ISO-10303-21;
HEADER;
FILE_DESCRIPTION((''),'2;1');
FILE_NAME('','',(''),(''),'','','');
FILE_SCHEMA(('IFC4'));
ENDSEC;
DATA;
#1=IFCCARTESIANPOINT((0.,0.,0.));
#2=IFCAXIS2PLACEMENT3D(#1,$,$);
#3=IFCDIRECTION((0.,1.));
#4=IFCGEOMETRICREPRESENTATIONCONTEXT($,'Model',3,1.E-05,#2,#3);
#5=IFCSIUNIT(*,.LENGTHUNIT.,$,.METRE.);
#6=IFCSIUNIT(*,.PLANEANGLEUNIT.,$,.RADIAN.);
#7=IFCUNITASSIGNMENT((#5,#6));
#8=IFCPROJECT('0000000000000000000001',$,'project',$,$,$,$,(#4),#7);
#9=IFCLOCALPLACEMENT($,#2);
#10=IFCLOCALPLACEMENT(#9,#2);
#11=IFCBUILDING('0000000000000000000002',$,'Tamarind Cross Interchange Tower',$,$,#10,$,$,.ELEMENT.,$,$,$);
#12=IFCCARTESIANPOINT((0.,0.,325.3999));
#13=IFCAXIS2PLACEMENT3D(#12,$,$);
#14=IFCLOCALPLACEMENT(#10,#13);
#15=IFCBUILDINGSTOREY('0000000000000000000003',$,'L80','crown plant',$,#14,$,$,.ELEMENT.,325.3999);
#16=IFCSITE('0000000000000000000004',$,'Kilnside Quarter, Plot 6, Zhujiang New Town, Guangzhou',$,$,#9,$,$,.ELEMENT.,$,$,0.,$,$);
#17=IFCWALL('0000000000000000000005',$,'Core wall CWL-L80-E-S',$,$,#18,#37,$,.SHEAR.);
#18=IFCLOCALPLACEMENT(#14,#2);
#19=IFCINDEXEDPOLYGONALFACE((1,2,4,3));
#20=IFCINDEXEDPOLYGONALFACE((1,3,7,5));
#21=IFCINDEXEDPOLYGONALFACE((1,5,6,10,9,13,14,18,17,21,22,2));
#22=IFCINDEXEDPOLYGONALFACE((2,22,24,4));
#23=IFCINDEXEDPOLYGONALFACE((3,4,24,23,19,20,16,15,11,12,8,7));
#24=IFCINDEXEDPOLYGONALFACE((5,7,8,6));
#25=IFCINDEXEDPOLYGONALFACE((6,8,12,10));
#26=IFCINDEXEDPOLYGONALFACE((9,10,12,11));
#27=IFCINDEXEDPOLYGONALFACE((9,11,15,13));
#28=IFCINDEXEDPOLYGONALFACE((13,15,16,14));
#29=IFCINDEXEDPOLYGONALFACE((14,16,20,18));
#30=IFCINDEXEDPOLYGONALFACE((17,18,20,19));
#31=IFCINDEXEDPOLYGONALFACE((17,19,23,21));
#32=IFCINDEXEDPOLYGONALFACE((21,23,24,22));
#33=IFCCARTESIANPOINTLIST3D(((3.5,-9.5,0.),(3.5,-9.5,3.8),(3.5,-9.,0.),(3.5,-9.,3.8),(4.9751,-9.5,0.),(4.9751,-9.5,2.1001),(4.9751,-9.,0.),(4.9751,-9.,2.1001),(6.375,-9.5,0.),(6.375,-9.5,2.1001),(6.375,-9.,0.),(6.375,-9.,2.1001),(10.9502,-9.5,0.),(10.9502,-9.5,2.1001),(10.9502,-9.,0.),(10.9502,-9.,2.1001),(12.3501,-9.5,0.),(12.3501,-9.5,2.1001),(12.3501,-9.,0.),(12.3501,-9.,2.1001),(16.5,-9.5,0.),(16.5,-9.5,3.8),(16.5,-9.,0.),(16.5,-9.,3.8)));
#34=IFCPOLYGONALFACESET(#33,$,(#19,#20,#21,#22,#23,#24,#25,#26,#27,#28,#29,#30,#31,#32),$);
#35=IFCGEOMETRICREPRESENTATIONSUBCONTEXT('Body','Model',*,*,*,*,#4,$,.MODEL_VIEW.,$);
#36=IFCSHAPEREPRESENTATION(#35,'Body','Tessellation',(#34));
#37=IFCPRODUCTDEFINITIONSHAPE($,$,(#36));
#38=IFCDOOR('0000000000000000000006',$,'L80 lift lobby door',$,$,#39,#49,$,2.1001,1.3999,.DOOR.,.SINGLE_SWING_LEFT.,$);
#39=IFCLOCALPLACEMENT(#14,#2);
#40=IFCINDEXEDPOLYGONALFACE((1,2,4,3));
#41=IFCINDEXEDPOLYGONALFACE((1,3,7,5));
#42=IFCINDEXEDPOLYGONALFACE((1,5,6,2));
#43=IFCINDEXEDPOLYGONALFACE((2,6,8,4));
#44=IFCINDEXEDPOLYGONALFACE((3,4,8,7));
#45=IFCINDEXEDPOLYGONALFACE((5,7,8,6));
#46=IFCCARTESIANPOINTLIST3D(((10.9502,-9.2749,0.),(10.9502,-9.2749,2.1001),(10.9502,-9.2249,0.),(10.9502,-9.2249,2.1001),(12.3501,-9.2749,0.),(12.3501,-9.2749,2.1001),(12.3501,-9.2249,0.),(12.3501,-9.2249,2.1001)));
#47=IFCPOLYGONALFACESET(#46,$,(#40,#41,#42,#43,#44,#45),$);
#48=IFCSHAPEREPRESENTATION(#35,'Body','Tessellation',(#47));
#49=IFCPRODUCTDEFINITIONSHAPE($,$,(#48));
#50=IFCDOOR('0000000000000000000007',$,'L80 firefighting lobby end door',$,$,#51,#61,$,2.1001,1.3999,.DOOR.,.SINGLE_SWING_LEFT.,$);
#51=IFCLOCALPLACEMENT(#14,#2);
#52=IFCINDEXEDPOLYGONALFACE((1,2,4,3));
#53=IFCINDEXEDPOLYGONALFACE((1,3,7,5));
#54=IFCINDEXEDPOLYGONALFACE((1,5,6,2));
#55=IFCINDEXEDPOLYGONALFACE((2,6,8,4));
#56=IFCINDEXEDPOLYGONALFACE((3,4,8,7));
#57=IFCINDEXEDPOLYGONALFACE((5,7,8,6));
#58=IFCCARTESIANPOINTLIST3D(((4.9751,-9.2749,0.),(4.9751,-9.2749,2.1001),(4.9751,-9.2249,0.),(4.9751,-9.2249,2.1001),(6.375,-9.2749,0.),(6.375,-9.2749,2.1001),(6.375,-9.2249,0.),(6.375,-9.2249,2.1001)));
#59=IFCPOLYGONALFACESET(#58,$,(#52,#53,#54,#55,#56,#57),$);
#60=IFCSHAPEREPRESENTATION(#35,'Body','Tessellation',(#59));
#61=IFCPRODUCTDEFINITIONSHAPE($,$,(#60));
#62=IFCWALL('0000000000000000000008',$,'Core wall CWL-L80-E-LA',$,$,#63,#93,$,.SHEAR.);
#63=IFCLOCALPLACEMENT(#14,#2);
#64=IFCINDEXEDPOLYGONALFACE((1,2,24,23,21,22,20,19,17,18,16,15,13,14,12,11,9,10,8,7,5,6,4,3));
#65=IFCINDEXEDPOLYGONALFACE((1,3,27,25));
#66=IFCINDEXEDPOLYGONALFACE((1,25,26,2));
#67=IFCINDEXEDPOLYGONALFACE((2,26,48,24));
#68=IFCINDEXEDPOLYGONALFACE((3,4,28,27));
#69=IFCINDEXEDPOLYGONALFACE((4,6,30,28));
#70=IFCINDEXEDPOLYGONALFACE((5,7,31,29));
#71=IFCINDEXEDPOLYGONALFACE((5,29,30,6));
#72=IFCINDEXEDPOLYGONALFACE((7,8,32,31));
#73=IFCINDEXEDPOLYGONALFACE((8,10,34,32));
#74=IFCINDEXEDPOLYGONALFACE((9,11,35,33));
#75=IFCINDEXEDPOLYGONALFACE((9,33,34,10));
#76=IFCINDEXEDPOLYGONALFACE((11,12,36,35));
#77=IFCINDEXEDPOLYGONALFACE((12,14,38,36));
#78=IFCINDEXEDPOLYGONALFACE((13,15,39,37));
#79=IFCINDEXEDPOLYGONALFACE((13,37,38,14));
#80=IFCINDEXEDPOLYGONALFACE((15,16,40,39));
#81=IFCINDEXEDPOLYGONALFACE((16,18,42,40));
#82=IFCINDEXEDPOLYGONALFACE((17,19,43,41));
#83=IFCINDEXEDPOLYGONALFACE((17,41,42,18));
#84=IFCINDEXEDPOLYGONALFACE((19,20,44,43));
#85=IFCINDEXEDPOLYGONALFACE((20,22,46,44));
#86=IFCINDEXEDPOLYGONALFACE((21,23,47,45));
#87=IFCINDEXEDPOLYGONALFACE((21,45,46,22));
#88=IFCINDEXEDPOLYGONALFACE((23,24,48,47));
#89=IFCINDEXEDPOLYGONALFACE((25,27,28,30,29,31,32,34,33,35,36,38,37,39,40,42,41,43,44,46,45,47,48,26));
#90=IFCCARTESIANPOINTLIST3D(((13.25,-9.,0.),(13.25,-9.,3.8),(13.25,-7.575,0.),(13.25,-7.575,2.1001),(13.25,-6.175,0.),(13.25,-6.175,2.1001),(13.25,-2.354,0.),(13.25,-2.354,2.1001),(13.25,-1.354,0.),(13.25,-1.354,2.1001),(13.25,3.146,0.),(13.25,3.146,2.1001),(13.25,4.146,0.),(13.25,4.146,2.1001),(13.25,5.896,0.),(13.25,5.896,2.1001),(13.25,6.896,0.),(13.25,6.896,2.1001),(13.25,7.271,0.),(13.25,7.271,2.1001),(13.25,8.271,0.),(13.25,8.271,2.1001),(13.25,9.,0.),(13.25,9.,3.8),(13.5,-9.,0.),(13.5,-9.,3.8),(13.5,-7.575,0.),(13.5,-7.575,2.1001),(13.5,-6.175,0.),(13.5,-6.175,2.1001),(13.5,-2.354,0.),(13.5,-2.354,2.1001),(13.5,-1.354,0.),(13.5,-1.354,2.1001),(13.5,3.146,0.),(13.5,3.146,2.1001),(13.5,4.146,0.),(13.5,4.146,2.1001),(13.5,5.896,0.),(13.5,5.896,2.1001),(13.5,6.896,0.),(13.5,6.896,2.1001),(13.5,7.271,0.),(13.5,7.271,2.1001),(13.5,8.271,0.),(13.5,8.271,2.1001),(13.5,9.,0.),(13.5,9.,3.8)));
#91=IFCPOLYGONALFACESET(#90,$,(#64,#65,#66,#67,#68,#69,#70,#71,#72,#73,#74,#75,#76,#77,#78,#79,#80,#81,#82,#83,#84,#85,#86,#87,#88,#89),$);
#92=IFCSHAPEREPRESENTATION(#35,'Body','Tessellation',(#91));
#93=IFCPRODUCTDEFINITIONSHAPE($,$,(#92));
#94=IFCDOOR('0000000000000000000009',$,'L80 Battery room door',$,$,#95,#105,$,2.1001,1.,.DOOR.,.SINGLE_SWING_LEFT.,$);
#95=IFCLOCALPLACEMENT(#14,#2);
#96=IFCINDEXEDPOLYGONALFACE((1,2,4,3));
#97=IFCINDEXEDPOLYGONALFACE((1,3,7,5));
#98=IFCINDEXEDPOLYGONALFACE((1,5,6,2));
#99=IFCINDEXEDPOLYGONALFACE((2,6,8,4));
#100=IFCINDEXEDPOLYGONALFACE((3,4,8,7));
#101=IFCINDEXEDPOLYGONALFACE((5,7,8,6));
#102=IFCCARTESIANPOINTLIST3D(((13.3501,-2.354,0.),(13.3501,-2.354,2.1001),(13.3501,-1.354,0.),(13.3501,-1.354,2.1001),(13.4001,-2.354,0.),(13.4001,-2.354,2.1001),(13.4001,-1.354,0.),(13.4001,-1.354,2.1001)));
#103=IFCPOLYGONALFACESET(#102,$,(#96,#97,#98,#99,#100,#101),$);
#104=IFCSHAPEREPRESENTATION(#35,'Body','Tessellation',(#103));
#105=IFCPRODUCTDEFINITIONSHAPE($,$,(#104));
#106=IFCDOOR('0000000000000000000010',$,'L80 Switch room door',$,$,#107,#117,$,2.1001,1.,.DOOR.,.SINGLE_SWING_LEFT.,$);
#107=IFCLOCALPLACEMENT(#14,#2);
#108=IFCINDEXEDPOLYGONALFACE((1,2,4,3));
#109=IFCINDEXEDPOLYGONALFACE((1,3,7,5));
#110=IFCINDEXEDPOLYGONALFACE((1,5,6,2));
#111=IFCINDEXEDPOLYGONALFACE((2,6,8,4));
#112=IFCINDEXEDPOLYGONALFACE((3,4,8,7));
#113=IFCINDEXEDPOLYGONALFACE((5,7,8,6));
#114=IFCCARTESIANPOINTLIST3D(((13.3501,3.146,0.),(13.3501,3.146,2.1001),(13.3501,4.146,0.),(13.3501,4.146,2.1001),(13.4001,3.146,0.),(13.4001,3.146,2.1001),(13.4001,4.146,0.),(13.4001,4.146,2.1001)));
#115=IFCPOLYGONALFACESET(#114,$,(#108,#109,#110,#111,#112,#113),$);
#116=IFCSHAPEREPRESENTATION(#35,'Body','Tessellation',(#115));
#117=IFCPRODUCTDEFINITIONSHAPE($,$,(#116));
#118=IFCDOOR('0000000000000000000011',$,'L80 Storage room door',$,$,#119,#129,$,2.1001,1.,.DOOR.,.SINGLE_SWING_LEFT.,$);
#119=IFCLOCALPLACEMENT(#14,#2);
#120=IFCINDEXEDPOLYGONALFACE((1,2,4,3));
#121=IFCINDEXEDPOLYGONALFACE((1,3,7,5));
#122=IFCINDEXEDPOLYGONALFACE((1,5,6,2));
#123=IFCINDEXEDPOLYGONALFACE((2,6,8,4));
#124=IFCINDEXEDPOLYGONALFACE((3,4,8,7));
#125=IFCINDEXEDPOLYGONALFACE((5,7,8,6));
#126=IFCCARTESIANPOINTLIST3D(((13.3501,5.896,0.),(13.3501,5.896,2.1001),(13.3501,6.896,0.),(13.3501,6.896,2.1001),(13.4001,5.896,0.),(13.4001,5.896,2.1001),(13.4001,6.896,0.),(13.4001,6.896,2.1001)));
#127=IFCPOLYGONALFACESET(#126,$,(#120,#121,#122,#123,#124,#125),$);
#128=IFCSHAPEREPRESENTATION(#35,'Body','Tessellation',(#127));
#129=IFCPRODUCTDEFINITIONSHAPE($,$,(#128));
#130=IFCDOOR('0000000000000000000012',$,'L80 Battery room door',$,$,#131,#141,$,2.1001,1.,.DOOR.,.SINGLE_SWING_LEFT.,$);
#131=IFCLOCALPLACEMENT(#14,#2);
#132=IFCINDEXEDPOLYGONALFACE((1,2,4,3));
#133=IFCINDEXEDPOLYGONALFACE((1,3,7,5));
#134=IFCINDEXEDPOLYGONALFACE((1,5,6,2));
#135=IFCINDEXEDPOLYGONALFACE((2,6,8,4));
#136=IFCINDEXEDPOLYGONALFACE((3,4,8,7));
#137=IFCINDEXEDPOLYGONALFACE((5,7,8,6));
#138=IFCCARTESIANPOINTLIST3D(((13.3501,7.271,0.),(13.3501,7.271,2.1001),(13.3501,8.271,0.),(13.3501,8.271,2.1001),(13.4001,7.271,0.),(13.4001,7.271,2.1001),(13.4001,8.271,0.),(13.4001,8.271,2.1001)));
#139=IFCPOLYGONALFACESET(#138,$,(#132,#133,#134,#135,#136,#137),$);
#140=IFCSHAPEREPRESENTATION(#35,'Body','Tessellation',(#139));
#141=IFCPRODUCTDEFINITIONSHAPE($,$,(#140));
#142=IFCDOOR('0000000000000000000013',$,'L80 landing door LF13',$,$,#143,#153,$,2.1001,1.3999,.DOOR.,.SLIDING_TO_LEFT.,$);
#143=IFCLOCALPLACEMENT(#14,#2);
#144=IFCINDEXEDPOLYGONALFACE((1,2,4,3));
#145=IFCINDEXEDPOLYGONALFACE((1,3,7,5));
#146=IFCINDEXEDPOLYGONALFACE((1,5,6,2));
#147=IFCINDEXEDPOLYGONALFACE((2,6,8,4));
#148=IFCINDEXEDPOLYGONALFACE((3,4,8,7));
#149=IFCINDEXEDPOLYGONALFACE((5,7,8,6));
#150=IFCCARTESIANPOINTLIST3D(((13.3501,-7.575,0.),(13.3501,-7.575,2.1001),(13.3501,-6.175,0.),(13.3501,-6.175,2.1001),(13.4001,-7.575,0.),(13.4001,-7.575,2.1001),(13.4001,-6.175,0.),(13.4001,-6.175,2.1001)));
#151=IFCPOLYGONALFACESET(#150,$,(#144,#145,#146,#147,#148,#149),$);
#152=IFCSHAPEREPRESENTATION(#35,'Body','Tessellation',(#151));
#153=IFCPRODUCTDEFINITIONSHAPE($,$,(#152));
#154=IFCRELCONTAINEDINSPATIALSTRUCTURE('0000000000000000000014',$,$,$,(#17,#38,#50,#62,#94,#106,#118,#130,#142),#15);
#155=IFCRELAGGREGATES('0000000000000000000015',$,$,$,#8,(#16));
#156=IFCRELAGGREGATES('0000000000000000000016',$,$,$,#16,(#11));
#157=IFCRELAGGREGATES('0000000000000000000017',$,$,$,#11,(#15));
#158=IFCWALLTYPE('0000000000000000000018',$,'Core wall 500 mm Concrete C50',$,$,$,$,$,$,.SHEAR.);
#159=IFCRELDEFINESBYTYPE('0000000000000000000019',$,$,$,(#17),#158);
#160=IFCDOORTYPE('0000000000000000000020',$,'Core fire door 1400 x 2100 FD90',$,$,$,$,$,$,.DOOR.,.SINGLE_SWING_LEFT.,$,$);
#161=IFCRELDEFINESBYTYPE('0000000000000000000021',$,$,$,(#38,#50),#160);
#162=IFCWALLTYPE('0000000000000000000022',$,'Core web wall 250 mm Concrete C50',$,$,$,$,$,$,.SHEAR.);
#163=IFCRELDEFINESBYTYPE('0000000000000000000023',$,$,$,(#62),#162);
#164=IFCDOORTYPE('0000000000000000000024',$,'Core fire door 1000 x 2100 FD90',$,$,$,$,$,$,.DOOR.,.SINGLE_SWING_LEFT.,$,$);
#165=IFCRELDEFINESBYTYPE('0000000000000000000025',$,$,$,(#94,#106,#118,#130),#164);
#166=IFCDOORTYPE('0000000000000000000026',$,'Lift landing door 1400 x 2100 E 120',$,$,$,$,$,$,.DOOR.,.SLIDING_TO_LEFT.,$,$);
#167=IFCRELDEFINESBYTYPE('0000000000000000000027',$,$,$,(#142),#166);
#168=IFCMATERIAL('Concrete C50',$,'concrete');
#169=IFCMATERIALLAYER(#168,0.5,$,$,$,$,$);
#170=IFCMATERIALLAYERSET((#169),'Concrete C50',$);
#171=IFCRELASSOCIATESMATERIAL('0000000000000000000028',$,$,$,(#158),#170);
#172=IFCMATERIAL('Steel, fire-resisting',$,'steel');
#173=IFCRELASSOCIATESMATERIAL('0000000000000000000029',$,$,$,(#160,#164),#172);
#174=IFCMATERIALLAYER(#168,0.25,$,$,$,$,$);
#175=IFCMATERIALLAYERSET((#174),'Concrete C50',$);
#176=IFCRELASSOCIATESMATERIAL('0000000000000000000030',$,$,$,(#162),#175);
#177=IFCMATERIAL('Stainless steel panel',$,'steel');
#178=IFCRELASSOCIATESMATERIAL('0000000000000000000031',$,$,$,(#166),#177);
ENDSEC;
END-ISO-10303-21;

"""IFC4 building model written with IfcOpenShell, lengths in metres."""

from ifc_helpers import new_model, si_unit, direction, frame, frame_2d, origin, place, context, subcontext, project, spatial, rectangle, extrude, material, layer, layer_set, type_object, element, fill, save


model = new_model("IFC4")

# Units and contexts
model_context = context("Model", 3, precision=1e-05, world=origin(), true_north=direction((0.0, 1.0)))
body_context = subcontext(model_context, "Body", "Model", "MODEL_VIEW")
ifc_project = project(units=[si_unit("LENGTHUNIT", "METRE"), si_unit("PLANEANGLEUNIT", "RADIAN")], contexts=[model_context])

# Site, building, storey
site_placement = place(None, origin())
site = spatial("IfcSite", under=ifc_project, at=site_placement, Name="Kilnside Quarter, Plot 6, Zhujiang New Town, Guangzhou", CompositionType="ELEMENT", RefElevation=0.0)
building_placement = place(site_placement, origin())
building = spatial("IfcBuilding", under=site, at=building_placement, Name="Tamarind Cross Interchange Tower", CompositionType="ELEMENT")
storey_placement = place(building_placement, frame((0.0, 0.0, 325.3999)))
storey = spatial("IfcBuildingStorey", under=building, at=storey_placement, Name="L80", Description="crown plant", CompositionType="ELEMENT", Elevation=325.3999)

# Walls, openings, doors
ifc_material_1 = material(Name="Concrete C50", Category="concrete")
ifc_layer_1 = layer(ifc_material_1, 0.5)
ifc_layer_set_1 = layer_set([ifc_layer_1], Name="Concrete C50")
wall_type_1 = type_object("IfcWallType", Name="Core wall 500 mm Concrete C50", PredefinedType="SHEAR", material=ifc_layer_set_1)
wall_1_placement = place(storey_placement, frame((16.5, -9.25, 0.0), z_axis=(0.0, 0.0, 1.0), x_axis=(-1.0, 0.0, 0.0)))
wall_1 = element("IfcWall", 1, at=wall_1_placement, inside=storey, type_object=wall_type_1, Name="Core wall CWL-L80-E-S", PredefinedType="SHEAR", context=body_context, shape_type="SweptSolid", body=[
    extrude(rectangle(XDim=13.0, YDim=0.5, at=frame_2d((6.5, 0.0))), origin(), (0.0, 0.0, 1.0), 3.8),
])
opening_1_placement = place(wall_1_placement, frame((4.1499, 0.0, 0.0)))
opening_1 = element("IfcOpeningElement", 2, at=opening_1_placement, cuts=wall_1, PredefinedType="OPENING", context=body_context, shape_type="SweptSolid", body=[
    extrude(rectangle(XDim=1.3999, YDim=2.1001, at=frame_2d((0.7, 1.05))), frame((0.0, 0.26, 0.0), z_axis=(0.0, -1.0, 0.0), x_axis=(1.0, 0.0, 0.0)), (0.0, 0.0, 1.0), 0.52),
])
opening_2_placement = place(wall_1_placement, frame((10.125, 0.0, 0.0)))
opening_2 = element("IfcOpeningElement", 3, at=opening_2_placement, cuts=wall_1, PredefinedType="OPENING", context=body_context, shape_type="SweptSolid", body=[
    extrude(rectangle(XDim=1.3999, YDim=2.1001, at=frame_2d((0.7, 1.05))), frame((0.0, 0.26, 0.0), z_axis=(0.0, -1.0, 0.0), x_axis=(1.0, 0.0, 0.0)), (0.0, 0.0, 1.0), 0.52),
])
ifc_material_2 = material(Name="Steel, fire-resisting", Category="steel")
door_type_1 = type_object("IfcDoorType", Name="Core fire door 1400 x 2100 FD90", OperationType="SINGLE_SWING_LEFT", PredefinedType="DOOR", material=ifc_material_2)
door_1_placement = place(opening_1_placement, origin())
door_1 = element("IfcDoor", 4, at=door_1_placement, inside=storey, type_object=door_type_1, Name="L80 lift lobby door", OperationType="SINGLE_SWING_LEFT", OverallHeight=2.1001, OverallWidth=1.3999, PredefinedType="DOOR", context=body_context, shape_type="SweptSolid", body=[
    extrude(rectangle(XDim=1.3999, YDim=2.1001, at=frame_2d((0.7, 1.05))), frame((0.0, 0.0249, 0.0), z_axis=(0.0, -1.0, 0.0), x_axis=(1.0, 0.0, 0.0)), (0.0, 0.0, 1.0), 0.05),
])
fill(opening_1, door_1)
door_2_placement = place(opening_2_placement, origin())
door_2 = element("IfcDoor", 5, at=door_2_placement, inside=storey, type_object=door_type_1, Name="L80 firefighting lobby end door", OperationType="SINGLE_SWING_LEFT", OverallHeight=2.1001, OverallWidth=1.3999, PredefinedType="DOOR", context=body_context, shape_type="SweptSolid", body=[
    extrude(rectangle(XDim=1.3999, YDim=2.1001, at=frame_2d((0.7, 1.05))), frame((0.0, 0.0249, 0.0), z_axis=(0.0, -1.0, 0.0), x_axis=(1.0, 0.0, 0.0)), (0.0, 0.0, 1.0), 0.05),
])
fill(opening_2, door_2)
ifc_layer_2 = layer(ifc_material_1, 0.25)
ifc_layer_set_2 = layer_set([ifc_layer_2], Name="Concrete C50")
wall_type_2 = type_object("IfcWallType", Name="Core web wall 250 mm Concrete C50", PredefinedType="SHEAR", material=ifc_layer_set_2)
wall_2_placement = place(storey_placement, frame((13.375, -9.0, 0.0), z_axis=(0.0, 0.0, 1.0), x_axis=(0.0, 1.0, 0.0)))
wall_2 = element("IfcWall", 6, at=wall_2_placement, inside=storey, type_object=wall_type_2, Name="Core wall CWL-L80-E-LA", PredefinedType="SHEAR", context=body_context, shape_type="SweptSolid", body=[
    extrude(rectangle(XDim=18.0, YDim=0.25, at=frame_2d((9.0, 0.0))), origin(), (0.0, 0.0, 1.0), 3.8),
])
opening_3_placement = place(wall_2_placement, frame((1.425, 0.0, 0.0)))
opening_3 = element("IfcOpeningElement", 7, at=opening_3_placement, cuts=wall_2, PredefinedType="OPENING", context=body_context, shape_type="SweptSolid", body=[
    extrude(rectangle(XDim=1.3999, YDim=2.1001, at=frame_2d((0.7, 1.05))), frame((0.0, 0.135, 0.0), z_axis=(0.0, -1.0, 0.0), x_axis=(1.0, 0.0, 0.0)), (0.0, 0.0, 1.0), 0.27),
])
opening_4_placement = place(wall_2_placement, frame((6.646, 0.0, 0.0)))
opening_4 = element("IfcOpeningElement", 8, at=opening_4_placement, cuts=wall_2, PredefinedType="OPENING", context=body_context, shape_type="SweptSolid", body=[
    extrude(rectangle(XDim=1.0, YDim=2.1001, at=frame_2d((0.5, 1.05))), frame((0.0, 0.135, 0.0), z_axis=(0.0, -1.0, 0.0), x_axis=(1.0, 0.0, 0.0)), (0.0, 0.0, 1.0), 0.27),
])
opening_5_placement = place(wall_2_placement, frame((12.146, 0.0, 0.0)))
opening_5 = element("IfcOpeningElement", 9, at=opening_5_placement, cuts=wall_2, PredefinedType="OPENING", context=body_context, shape_type="SweptSolid", body=[
    extrude(rectangle(XDim=1.0, YDim=2.1001, at=frame_2d((0.5, 1.05))), frame((0.0, 0.135, 0.0), z_axis=(0.0, -1.0, 0.0), x_axis=(1.0, 0.0, 0.0)), (0.0, 0.0, 1.0), 0.27),
])
opening_6_placement = place(wall_2_placement, frame((14.896, 0.0, 0.0)))
opening_6 = element("IfcOpeningElement", 10, at=opening_6_placement, cuts=wall_2, PredefinedType="OPENING", context=body_context, shape_type="SweptSolid", body=[
    extrude(rectangle(XDim=1.0, YDim=2.1001, at=frame_2d((0.5, 1.05))), frame((0.0, 0.135, 0.0), z_axis=(0.0, -1.0, 0.0), x_axis=(1.0, 0.0, 0.0)), (0.0, 0.0, 1.0), 0.27),
])
opening_7_placement = place(wall_2_placement, frame((16.271, 0.0, 0.0)))
opening_7 = element("IfcOpeningElement", 11, at=opening_7_placement, cuts=wall_2, PredefinedType="OPENING", context=body_context, shape_type="SweptSolid", body=[
    extrude(rectangle(XDim=1.0, YDim=2.1001, at=frame_2d((0.5, 1.05))), frame((0.0, 0.135, 0.0), z_axis=(0.0, -1.0, 0.0), x_axis=(1.0, 0.0, 0.0)), (0.0, 0.0, 1.0), 0.27),
])
door_type_2 = type_object("IfcDoorType", Name="Core fire door 1000 x 2100 FD90", OperationType="SINGLE_SWING_LEFT", PredefinedType="DOOR", material=ifc_material_2)
door_3_placement = place(opening_4_placement, origin())
door_3 = element("IfcDoor", 12, at=door_3_placement, inside=storey, type_object=door_type_2, Name="L80 Battery room door", OperationType="SINGLE_SWING_LEFT", OverallHeight=2.1001, OverallWidth=1.0, PredefinedType="DOOR", context=body_context, shape_type="SweptSolid", body=[
    extrude(rectangle(XDim=1.0, YDim=2.1001, at=frame_2d((0.5, 1.05))), frame((0.0, 0.0249, 0.0), z_axis=(0.0, -1.0, 0.0), x_axis=(1.0, 0.0, 0.0)), (0.0, 0.0, 1.0), 0.05),
])
fill(opening_4, door_3)
door_4_placement = place(opening_5_placement, origin())
door_4 = element("IfcDoor", 13, at=door_4_placement, inside=storey, type_object=door_type_2, Name="L80 Switch room door", OperationType="SINGLE_SWING_LEFT", OverallHeight=2.1001, OverallWidth=1.0, PredefinedType="DOOR", context=body_context, shape_type="SweptSolid", body=[
    extrude(rectangle(XDim=1.0, YDim=2.1001, at=frame_2d((0.5, 1.05))), frame((0.0, 0.0249, 0.0), z_axis=(0.0, -1.0, 0.0), x_axis=(1.0, 0.0, 0.0)), (0.0, 0.0, 1.0), 0.05),
])
fill(opening_5, door_4)
door_5_placement = place(opening_6_placement, origin())
door_5 = element("IfcDoor", 14, at=door_5_placement, inside=storey, type_object=door_type_2, Name="L80 Storage room door", OperationType="SINGLE_SWING_LEFT", OverallHeight=2.1001, OverallWidth=1.0, PredefinedType="DOOR", context=body_context, shape_type="SweptSolid", body=[
    extrude(rectangle(XDim=1.0, YDim=2.1001, at=frame_2d((0.5, 1.05))), frame((0.0, 0.0249, 0.0), z_axis=(0.0, -1.0, 0.0), x_axis=(1.0, 0.0, 0.0)), (0.0, 0.0, 1.0), 0.05),
])
fill(opening_6, door_5)
door_6_placement = place(opening_7_placement, origin())
door_6 = element("IfcDoor", 15, at=door_6_placement, inside=storey, type_object=door_type_2, Name="L80 Battery room door", OperationType="SINGLE_SWING_LEFT", OverallHeight=2.1001, OverallWidth=1.0, PredefinedType="DOOR", context=body_context, shape_type="SweptSolid", body=[
    extrude(rectangle(XDim=1.0, YDim=2.1001, at=frame_2d((0.5, 1.05))), frame((0.0, 0.0249, 0.0), z_axis=(0.0, -1.0, 0.0), x_axis=(1.0, 0.0, 0.0)), (0.0, 0.0, 1.0), 0.05),
])
fill(opening_7, door_6)
ifc_material_3 = material(Name="Stainless steel panel", Category="steel")
door_type_3 = type_object("IfcDoorType", Name="Lift landing door 1400 x 2100 E 120", OperationType="SLIDING_TO_LEFT", PredefinedType="DOOR", material=ifc_material_3)
door_7_placement = place(opening_3_placement, origin())
door_7 = element("IfcDoor", 16, at=door_7_placement, inside=storey, type_object=door_type_3, Name="L80 landing door LF13", OperationType="SLIDING_TO_LEFT", OverallHeight=2.1001, OverallWidth=1.3999, PredefinedType="DOOR", context=body_context, shape_type="SweptSolid", body=[
    extrude(rectangle(XDim=1.3999, YDim=2.1001, at=frame_2d((0.7, 1.05))), frame((0.0, 0.0249, 0.0), z_axis=(0.0, -1.0, 0.0), x_axis=(1.0, 0.0, 0.0)), (0.0, 0.0, 1.0), 0.05),
])
fill(opening_3, door_7)

save(model, "model.ifc")
